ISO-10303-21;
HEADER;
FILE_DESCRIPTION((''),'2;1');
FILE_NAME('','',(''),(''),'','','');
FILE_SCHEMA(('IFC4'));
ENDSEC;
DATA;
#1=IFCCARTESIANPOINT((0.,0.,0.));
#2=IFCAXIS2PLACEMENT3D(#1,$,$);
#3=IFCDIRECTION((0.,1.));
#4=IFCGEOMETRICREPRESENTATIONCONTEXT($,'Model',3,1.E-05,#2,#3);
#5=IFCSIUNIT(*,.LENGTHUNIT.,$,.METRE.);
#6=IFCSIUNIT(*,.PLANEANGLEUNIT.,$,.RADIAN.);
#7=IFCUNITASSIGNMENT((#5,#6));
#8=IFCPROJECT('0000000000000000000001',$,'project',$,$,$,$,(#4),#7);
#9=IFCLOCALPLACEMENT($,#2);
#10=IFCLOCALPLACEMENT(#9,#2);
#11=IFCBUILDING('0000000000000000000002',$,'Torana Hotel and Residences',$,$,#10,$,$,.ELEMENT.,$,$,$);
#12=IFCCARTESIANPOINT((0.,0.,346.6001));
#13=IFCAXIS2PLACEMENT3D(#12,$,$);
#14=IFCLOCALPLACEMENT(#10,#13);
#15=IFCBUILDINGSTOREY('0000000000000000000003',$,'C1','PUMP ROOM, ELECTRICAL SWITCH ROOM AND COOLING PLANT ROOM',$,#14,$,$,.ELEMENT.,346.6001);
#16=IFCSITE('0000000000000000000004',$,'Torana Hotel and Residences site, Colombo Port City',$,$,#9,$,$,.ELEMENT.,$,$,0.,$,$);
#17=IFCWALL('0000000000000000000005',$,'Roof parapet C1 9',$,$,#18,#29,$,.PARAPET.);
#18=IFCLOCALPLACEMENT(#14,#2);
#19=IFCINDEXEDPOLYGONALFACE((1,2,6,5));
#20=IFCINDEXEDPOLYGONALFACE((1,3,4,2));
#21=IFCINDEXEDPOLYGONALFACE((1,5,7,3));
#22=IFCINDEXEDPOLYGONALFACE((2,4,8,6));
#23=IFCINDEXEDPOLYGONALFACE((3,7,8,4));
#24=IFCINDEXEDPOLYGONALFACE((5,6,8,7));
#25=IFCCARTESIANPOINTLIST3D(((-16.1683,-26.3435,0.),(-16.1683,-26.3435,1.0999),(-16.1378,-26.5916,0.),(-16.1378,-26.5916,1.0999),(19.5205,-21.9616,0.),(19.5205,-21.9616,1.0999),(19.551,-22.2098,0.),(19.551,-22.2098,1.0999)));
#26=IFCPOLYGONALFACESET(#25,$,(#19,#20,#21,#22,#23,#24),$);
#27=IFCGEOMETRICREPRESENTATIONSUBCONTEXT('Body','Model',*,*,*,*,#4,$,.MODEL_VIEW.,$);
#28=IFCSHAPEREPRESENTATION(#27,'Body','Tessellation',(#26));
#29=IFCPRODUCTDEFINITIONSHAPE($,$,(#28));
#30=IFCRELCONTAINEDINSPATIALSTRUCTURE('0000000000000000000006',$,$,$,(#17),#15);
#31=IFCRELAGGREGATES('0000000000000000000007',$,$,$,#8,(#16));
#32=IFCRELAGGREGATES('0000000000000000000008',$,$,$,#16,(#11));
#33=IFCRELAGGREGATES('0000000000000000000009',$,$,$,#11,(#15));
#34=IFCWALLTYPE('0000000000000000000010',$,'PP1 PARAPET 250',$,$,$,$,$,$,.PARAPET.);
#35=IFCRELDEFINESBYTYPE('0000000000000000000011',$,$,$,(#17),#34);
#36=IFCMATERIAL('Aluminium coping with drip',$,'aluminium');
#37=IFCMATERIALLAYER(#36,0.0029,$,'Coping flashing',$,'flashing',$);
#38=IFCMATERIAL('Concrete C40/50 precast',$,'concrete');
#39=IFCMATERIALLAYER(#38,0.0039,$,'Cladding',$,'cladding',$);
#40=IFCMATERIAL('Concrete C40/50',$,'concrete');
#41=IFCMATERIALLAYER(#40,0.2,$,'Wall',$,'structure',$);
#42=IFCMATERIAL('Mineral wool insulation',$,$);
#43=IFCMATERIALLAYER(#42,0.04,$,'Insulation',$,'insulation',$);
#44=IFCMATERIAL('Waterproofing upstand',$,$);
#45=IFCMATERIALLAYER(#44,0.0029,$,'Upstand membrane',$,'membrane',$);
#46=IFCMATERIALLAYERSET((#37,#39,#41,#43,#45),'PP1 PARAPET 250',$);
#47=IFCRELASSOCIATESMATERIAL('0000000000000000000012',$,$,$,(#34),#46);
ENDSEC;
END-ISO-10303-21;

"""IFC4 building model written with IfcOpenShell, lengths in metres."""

from ifc_helpers import new_model, si_unit, direction, frame, frame_2d, origin, place, context, subcontext, project, spatial, rectangle, extrude, material, layer, layer_set, type_object, element, save


model = new_model("IFC4")

# Units and contexts
model_context = context("Model", 3, precision=1e-05, world=origin(), true_north=direction((0.0, 1.0)))
body_context = subcontext(model_context, "Body", "Model", "MODEL_VIEW")
ifc_project = project(units=[si_unit("LENGTHUNIT", "METRE"), si_unit("PLANEANGLEUNIT", "RADIAN")], contexts=[model_context])

# Site, building, storey
site_placement = place(None, origin())
site = spatial("IfcSite", under=ifc_project, at=site_placement, Name="Torana Hotel and Residences site, Colombo Port City", CompositionType="ELEMENT", RefElevation=0.0)
building_placement = place(site_placement, origin())
building = spatial("IfcBuilding", under=site, at=building_placement, Name="Torana Hotel and Residences", CompositionType="ELEMENT")
storey_placement = place(building_placement, frame((0.0, 0.0, 346.6001)))
storey = spatial("IfcBuildingStorey", under=building, at=storey_placement, Name="C1", Description="PUMP ROOM, ELECTRICAL SWITCH ROOM AND COOLING PLANT ROOM", CompositionType="ELEMENT", Elevation=346.6001)

# Wall
ifc_material_1 = material(Name="Aluminium coping with drip", Category="aluminium")
ifc_layer_1 = layer(ifc_material_1, 0.0029, Name="Coping flashing", Category="flashing")
ifc_material_2 = material(Name="Concrete C40/50 precast", Category="concrete")
ifc_layer_2 = layer(ifc_material_2, 0.0039, Name="Cladding", Category="cladding")
ifc_material_3 = material(Name="Concrete C40/50", Category="concrete")
ifc_layer_3 = layer(ifc_material_3, 0.2, Name="Wall", Category="structure")
ifc_material_4 = material(Name="Mineral wool insulation")
ifc_layer_4 = layer(ifc_material_4, 0.04, Name="Insulation", Category="insulation")
ifc_material_5 = material(Name="Waterproofing upstand")
ifc_layer_5 = layer(ifc_material_5, 0.0029, Name="Upstand membrane", Category="membrane")
ifc_layer_set_1 = layer_set([ifc_layer_1, ifc_layer_2, ifc_layer_3, ifc_layer_4, ifc_layer_5], Name="PP1 PARAPET 250")
wall_type_1 = type_object("IfcWallType", Name="PP1 PARAPET 250", PredefinedType="PARAPET", material=ifc_layer_set_1)
wall_1_placement = place(storey_placement, frame((19.5359, -22.0857, 0.0), z_axis=(0.0, 0.0, 1.0), x_axis=(-0.992547, -0.121864, 0.0)))
element("IfcWall", 1, at=wall_1_placement, inside=storey, type_object=wall_type_1, Name="Roof parapet C1 9", PredefinedType="PARAPET", context=body_context, shape_type="SweptSolid", body=[
    extrude(rectangle(XDim=35.9568, YDim=0.25, at=frame_2d((17.9785, 0.0))), origin(), (0.0, 0.0, 1.0), 1.0999),
])

save(model, "model.ifc")
